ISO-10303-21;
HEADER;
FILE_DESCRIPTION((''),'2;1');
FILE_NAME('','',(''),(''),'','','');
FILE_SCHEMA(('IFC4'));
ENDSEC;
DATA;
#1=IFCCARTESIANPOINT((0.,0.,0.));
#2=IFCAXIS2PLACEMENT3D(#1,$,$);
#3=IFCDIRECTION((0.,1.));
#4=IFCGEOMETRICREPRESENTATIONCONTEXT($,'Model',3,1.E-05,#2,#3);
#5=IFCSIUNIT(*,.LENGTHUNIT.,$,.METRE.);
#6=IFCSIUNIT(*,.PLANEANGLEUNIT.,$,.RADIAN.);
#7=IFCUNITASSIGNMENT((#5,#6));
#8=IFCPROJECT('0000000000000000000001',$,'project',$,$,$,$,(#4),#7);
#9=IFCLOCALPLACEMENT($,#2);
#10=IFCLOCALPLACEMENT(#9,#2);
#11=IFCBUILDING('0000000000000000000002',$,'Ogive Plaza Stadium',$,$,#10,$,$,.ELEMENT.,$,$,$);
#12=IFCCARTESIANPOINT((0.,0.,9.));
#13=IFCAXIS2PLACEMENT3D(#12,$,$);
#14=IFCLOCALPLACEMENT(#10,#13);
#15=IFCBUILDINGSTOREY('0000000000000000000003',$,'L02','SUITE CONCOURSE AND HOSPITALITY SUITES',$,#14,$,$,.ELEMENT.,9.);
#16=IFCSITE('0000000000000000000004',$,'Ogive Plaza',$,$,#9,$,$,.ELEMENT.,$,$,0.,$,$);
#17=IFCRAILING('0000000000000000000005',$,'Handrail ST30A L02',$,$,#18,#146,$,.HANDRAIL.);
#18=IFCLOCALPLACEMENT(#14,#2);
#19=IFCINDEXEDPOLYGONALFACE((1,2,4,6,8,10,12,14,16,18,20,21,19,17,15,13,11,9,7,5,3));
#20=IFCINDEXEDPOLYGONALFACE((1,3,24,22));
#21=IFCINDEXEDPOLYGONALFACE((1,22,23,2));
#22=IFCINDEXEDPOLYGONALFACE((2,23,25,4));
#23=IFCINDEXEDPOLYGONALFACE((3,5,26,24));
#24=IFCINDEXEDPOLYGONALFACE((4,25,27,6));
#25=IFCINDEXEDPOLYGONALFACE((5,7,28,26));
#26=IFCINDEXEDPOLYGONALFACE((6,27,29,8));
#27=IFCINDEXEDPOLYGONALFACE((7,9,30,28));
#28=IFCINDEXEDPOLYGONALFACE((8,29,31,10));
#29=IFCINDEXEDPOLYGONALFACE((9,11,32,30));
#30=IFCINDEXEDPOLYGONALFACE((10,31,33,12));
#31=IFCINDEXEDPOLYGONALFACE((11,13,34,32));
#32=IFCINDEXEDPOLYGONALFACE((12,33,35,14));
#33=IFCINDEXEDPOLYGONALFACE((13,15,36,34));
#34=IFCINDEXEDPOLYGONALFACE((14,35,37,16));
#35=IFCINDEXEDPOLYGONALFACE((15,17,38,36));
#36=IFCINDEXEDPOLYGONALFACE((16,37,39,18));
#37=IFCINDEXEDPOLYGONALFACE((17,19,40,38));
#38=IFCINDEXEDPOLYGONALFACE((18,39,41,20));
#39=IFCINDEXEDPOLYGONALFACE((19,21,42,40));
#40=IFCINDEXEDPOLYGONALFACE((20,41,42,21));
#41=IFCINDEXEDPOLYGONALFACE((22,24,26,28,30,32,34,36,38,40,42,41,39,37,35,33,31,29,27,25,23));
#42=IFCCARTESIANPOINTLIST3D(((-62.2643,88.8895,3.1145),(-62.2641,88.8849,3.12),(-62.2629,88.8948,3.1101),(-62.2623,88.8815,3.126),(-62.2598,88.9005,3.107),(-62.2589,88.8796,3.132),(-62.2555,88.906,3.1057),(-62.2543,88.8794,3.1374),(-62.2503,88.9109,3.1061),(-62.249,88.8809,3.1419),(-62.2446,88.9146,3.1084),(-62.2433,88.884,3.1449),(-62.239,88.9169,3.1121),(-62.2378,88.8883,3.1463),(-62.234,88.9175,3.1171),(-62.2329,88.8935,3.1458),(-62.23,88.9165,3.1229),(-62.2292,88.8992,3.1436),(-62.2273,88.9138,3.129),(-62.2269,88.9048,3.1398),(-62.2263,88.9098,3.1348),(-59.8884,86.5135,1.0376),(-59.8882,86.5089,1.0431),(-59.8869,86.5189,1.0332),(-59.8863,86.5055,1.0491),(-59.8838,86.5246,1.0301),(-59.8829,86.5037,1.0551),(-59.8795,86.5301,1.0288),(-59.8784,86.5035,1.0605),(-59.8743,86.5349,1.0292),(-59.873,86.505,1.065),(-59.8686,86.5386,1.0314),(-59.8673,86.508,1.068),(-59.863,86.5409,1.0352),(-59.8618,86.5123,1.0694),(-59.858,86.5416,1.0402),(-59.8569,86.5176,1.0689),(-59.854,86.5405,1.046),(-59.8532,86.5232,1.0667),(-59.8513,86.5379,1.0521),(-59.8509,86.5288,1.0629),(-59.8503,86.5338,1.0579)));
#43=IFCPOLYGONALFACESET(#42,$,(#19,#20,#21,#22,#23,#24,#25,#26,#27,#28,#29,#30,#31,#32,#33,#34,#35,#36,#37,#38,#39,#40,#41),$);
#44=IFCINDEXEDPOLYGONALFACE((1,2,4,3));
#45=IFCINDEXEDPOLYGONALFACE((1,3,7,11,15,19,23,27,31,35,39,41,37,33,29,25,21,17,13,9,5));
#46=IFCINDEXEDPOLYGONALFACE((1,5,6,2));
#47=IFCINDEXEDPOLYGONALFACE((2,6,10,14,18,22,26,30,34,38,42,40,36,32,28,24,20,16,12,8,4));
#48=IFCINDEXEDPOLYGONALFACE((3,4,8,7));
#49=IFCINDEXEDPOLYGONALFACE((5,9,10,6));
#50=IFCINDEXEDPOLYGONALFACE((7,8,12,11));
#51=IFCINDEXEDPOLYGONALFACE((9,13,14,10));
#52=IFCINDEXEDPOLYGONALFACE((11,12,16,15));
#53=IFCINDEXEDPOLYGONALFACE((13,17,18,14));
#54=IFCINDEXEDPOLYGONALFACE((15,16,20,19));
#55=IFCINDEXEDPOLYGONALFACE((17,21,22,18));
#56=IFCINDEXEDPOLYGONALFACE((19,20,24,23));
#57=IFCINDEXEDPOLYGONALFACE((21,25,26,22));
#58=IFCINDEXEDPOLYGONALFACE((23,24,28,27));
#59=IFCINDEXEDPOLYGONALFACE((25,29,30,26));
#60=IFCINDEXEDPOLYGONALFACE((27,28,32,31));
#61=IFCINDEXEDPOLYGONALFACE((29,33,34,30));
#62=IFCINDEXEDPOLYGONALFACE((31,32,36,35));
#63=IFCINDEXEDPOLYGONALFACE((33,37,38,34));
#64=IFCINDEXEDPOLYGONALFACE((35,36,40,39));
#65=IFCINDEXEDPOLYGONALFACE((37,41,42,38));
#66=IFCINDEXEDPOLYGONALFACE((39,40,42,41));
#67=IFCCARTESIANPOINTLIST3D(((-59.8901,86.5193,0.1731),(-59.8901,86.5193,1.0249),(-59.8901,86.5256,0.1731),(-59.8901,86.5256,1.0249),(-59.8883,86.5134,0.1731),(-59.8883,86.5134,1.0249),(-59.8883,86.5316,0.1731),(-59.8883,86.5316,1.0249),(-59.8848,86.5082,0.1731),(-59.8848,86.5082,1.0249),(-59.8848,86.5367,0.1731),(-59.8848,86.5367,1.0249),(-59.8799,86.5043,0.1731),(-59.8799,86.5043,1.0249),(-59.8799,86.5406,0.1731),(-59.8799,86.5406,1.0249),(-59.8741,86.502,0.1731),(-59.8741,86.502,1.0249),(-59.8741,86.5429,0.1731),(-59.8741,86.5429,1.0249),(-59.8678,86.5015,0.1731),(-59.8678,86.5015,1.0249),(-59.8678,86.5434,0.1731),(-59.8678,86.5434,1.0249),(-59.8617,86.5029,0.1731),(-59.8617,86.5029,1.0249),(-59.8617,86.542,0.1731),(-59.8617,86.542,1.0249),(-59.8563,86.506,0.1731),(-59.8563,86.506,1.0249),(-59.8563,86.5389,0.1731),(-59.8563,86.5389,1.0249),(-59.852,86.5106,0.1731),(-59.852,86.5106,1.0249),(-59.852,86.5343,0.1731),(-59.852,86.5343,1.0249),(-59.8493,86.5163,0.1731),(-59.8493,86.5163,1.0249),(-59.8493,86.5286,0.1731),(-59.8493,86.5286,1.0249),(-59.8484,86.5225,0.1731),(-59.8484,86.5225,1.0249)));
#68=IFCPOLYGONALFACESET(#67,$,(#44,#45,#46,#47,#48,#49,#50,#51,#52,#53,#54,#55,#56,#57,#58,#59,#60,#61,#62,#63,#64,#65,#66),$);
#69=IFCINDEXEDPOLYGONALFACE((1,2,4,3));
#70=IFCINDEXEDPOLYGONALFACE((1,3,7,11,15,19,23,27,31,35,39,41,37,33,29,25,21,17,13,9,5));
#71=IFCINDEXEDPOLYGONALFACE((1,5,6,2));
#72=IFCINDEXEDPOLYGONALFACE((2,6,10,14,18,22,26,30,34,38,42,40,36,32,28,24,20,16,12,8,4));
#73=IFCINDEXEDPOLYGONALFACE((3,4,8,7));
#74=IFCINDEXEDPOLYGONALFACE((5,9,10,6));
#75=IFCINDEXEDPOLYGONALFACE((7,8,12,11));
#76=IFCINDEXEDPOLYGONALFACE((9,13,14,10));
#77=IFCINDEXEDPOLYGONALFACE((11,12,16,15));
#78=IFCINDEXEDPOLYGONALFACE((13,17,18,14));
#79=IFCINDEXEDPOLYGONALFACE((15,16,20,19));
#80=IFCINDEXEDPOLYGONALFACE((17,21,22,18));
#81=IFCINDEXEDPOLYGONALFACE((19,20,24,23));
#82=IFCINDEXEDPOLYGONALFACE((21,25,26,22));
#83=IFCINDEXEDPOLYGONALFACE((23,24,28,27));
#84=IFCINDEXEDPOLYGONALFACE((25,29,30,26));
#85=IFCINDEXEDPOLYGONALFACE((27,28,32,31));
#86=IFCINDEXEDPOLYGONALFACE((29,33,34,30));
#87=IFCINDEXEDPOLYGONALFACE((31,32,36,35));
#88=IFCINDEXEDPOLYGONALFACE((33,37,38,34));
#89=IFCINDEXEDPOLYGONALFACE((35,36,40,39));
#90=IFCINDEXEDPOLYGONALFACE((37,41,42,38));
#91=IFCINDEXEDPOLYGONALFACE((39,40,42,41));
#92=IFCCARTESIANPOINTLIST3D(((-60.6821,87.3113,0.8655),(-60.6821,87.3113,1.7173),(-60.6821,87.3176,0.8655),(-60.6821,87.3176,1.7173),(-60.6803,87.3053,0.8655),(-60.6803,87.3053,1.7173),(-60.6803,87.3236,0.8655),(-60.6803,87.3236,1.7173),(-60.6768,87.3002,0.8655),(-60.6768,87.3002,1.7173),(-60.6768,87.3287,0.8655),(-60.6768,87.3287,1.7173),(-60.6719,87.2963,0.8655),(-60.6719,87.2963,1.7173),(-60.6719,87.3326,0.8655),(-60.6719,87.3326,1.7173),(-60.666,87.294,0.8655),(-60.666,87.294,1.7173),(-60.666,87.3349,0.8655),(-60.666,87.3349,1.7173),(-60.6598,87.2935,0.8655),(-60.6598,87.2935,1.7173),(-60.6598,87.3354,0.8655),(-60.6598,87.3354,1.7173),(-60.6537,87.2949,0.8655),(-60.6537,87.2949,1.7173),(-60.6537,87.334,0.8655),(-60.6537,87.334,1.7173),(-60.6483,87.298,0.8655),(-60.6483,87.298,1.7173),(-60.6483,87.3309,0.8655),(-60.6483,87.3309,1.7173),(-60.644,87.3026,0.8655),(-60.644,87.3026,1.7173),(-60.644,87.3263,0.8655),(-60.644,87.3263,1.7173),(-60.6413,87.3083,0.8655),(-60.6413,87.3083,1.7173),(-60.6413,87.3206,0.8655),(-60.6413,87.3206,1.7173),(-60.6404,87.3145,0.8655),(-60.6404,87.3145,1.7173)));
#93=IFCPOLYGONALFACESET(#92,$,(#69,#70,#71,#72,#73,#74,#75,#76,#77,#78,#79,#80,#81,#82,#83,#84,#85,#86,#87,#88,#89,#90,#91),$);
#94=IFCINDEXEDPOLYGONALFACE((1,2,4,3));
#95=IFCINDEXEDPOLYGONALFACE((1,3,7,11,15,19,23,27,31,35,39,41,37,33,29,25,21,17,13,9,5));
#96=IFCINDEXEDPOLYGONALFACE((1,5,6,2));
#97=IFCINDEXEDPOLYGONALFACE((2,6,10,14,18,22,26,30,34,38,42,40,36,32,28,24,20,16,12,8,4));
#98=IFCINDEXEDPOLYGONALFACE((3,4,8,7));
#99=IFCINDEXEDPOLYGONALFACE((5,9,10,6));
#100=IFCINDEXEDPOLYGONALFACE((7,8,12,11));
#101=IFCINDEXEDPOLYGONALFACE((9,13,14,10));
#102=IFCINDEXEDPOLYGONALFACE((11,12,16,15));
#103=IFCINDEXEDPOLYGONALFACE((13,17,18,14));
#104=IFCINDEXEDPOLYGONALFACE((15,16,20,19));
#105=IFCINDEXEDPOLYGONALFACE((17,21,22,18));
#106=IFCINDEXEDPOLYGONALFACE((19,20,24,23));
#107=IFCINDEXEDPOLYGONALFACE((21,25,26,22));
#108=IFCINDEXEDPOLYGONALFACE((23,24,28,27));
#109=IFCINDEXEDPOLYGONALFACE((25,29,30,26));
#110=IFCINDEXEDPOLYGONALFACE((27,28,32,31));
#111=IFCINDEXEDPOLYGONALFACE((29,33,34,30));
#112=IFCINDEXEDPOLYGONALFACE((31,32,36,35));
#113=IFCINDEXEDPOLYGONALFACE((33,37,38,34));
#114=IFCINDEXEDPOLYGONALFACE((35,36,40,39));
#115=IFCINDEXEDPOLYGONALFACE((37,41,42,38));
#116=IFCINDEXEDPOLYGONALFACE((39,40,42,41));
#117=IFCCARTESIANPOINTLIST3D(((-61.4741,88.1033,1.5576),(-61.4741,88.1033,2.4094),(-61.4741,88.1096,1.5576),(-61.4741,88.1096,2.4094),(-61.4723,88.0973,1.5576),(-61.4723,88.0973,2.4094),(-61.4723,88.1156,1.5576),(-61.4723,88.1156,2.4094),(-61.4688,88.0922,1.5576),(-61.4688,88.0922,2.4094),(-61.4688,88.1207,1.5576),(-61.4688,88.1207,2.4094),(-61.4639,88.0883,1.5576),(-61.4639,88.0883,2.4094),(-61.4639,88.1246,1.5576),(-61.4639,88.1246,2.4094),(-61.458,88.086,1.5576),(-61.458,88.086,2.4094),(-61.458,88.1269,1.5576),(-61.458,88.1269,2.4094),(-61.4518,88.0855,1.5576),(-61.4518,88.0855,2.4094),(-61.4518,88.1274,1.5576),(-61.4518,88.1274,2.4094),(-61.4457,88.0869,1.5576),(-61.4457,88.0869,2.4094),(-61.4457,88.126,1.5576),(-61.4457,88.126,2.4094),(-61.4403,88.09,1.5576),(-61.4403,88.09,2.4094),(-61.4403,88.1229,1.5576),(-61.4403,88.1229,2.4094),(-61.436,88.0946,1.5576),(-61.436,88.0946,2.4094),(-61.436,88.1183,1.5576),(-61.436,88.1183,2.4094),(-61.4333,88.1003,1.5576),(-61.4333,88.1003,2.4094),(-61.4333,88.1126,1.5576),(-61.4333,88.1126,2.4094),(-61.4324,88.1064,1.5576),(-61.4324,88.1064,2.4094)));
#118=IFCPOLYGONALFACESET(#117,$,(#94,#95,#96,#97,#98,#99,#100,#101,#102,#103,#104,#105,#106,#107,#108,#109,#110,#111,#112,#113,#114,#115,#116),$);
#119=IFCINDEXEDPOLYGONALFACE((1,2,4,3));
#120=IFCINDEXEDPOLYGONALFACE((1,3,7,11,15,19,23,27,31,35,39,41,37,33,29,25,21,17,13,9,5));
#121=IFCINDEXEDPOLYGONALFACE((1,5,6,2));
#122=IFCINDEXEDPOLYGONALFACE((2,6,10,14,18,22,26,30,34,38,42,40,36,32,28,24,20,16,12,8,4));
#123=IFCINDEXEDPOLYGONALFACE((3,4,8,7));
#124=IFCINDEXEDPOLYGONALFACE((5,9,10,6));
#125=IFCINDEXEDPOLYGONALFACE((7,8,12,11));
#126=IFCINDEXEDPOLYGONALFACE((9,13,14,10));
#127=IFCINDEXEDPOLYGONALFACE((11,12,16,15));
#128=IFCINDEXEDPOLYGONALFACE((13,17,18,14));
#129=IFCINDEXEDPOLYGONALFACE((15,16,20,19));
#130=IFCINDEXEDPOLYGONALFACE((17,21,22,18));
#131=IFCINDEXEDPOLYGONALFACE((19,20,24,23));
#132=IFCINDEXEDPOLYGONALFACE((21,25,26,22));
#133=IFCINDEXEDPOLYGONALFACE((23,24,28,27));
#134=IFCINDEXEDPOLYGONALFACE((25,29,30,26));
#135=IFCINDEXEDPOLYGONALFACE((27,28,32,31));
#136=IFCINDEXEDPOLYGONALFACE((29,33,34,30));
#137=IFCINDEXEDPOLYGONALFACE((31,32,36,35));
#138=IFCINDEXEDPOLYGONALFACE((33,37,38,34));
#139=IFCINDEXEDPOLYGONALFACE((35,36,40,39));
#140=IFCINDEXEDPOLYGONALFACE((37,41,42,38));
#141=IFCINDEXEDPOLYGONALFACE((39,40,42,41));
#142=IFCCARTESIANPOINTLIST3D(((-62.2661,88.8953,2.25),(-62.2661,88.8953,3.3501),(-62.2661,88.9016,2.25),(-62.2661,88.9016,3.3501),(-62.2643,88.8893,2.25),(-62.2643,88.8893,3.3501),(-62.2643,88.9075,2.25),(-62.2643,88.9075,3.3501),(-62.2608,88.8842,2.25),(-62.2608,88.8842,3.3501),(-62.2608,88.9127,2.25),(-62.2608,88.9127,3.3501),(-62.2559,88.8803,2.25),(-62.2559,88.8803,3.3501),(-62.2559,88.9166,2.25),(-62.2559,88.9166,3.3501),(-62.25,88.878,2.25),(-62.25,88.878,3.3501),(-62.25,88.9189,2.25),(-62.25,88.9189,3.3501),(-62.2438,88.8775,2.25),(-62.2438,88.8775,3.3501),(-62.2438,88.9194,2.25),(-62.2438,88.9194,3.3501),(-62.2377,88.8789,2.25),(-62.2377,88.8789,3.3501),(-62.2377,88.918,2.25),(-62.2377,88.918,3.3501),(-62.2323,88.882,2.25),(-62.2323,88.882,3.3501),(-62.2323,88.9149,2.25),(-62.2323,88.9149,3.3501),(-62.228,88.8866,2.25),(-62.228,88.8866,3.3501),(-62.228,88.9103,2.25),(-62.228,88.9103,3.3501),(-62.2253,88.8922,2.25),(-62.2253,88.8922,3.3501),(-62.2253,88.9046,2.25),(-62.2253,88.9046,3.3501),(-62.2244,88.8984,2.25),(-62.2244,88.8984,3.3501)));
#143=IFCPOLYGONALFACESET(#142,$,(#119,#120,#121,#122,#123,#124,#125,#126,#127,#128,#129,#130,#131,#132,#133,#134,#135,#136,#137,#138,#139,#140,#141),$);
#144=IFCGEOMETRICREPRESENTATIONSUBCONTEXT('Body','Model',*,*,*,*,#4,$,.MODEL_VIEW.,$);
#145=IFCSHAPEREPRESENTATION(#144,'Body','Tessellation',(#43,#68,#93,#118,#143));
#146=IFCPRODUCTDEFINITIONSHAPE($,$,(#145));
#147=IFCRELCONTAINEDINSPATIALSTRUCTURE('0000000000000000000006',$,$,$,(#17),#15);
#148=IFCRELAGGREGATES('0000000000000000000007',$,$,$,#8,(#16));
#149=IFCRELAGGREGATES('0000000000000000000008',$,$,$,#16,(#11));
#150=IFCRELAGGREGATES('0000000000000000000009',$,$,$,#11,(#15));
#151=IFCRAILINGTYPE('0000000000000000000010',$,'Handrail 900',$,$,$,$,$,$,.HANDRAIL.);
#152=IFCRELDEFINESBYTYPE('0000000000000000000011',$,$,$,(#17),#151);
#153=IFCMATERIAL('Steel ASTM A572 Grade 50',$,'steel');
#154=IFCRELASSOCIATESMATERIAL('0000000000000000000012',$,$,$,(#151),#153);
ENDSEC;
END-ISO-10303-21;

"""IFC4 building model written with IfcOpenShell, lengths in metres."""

from ifc_helpers import new_model, si_unit, direction, frame, origin, origin_2d, place, context, subcontext, project, spatial, circle, extrude, material, type_object, element, save


model = new_model("IFC4")

# Units and contexts
model_context = context("Model", 3, precision=1e-05, world=origin(), true_north=direction((0.0, 1.0)))
body_context = subcontext(model_context, "Body", "Model", "MODEL_VIEW")
ifc_project = project(units=[si_unit("LENGTHUNIT", "METRE"), si_unit("PLANEANGLEUNIT", "RADIAN")], contexts=[model_context])

# Site, building, storey
site_placement = place(None, origin())
site = spatial("IfcSite", under=ifc_project, at=site_placement, Name="Ogive Plaza", CompositionType="ELEMENT", RefElevation=0.0)
building_placement = place(site_placement, origin())
building = spatial("IfcBuilding", under=site, at=building_placement, Name="Ogive Plaza Stadium", CompositionType="ELEMENT")
storey_placement = place(building_placement, frame((0.0, 0.0, 9.0)))
storey = spatial("IfcBuildingStorey", under=building, at=storey_placement, Name="L02", Description="SUITE CONCOURSE AND HOSPITALITY SUITES", CompositionType="ELEMENT", Elevation=9.0)

# Railing
ifc_material_1 = material(Name="Steel ASTM A572 Grade 50", Category="steel")
railing_type = type_object("IfcRailingType", Name="Handrail 900", PredefinedType="HANDRAIL", material=ifc_material_1)
railing_1_placement = place(storey_placement, frame((-59.8694, 86.5225, 0.1731)))
element("IfcRailing", 1, at=railing_1_placement, inside=storey, type_object=railing_type, Name="Handrail ST30A L02", PredefinedType="HANDRAIL", context=body_context, shape_type="SweptSolid", body=[
    extrude(circle(Radius=0.0239, at=origin_2d()), frame((0.0, 0.0, 0.876), z_axis=(-0.601483, 0.601483, 0.525772), x_axis=(-0.707107, -0.707107, 0.0)), (0.0, 0.0, 1.0), 3.9502),
    extrude(circle(Radius=0.021, at=origin_2d()), origin(), (0.0, 0.0, 1.0), 0.8518),
    extrude(circle(Radius=0.021, at=origin_2d()), frame((-0.792, 0.792, 0.6924)), (0.0, 0.0, 1.0), 0.8518),
    extrude(circle(Radius=0.021, at=origin_2d()), frame((-1.584, 1.584, 1.3845)), (0.0, 0.0, 1.0), 0.8518),
    extrude(circle(Radius=0.021, at=origin_2d()), frame((-2.376, 2.376, 2.0769)), (0.0, 0.0, 1.0), 1.1001),
])

save(model, "model.ifc")
